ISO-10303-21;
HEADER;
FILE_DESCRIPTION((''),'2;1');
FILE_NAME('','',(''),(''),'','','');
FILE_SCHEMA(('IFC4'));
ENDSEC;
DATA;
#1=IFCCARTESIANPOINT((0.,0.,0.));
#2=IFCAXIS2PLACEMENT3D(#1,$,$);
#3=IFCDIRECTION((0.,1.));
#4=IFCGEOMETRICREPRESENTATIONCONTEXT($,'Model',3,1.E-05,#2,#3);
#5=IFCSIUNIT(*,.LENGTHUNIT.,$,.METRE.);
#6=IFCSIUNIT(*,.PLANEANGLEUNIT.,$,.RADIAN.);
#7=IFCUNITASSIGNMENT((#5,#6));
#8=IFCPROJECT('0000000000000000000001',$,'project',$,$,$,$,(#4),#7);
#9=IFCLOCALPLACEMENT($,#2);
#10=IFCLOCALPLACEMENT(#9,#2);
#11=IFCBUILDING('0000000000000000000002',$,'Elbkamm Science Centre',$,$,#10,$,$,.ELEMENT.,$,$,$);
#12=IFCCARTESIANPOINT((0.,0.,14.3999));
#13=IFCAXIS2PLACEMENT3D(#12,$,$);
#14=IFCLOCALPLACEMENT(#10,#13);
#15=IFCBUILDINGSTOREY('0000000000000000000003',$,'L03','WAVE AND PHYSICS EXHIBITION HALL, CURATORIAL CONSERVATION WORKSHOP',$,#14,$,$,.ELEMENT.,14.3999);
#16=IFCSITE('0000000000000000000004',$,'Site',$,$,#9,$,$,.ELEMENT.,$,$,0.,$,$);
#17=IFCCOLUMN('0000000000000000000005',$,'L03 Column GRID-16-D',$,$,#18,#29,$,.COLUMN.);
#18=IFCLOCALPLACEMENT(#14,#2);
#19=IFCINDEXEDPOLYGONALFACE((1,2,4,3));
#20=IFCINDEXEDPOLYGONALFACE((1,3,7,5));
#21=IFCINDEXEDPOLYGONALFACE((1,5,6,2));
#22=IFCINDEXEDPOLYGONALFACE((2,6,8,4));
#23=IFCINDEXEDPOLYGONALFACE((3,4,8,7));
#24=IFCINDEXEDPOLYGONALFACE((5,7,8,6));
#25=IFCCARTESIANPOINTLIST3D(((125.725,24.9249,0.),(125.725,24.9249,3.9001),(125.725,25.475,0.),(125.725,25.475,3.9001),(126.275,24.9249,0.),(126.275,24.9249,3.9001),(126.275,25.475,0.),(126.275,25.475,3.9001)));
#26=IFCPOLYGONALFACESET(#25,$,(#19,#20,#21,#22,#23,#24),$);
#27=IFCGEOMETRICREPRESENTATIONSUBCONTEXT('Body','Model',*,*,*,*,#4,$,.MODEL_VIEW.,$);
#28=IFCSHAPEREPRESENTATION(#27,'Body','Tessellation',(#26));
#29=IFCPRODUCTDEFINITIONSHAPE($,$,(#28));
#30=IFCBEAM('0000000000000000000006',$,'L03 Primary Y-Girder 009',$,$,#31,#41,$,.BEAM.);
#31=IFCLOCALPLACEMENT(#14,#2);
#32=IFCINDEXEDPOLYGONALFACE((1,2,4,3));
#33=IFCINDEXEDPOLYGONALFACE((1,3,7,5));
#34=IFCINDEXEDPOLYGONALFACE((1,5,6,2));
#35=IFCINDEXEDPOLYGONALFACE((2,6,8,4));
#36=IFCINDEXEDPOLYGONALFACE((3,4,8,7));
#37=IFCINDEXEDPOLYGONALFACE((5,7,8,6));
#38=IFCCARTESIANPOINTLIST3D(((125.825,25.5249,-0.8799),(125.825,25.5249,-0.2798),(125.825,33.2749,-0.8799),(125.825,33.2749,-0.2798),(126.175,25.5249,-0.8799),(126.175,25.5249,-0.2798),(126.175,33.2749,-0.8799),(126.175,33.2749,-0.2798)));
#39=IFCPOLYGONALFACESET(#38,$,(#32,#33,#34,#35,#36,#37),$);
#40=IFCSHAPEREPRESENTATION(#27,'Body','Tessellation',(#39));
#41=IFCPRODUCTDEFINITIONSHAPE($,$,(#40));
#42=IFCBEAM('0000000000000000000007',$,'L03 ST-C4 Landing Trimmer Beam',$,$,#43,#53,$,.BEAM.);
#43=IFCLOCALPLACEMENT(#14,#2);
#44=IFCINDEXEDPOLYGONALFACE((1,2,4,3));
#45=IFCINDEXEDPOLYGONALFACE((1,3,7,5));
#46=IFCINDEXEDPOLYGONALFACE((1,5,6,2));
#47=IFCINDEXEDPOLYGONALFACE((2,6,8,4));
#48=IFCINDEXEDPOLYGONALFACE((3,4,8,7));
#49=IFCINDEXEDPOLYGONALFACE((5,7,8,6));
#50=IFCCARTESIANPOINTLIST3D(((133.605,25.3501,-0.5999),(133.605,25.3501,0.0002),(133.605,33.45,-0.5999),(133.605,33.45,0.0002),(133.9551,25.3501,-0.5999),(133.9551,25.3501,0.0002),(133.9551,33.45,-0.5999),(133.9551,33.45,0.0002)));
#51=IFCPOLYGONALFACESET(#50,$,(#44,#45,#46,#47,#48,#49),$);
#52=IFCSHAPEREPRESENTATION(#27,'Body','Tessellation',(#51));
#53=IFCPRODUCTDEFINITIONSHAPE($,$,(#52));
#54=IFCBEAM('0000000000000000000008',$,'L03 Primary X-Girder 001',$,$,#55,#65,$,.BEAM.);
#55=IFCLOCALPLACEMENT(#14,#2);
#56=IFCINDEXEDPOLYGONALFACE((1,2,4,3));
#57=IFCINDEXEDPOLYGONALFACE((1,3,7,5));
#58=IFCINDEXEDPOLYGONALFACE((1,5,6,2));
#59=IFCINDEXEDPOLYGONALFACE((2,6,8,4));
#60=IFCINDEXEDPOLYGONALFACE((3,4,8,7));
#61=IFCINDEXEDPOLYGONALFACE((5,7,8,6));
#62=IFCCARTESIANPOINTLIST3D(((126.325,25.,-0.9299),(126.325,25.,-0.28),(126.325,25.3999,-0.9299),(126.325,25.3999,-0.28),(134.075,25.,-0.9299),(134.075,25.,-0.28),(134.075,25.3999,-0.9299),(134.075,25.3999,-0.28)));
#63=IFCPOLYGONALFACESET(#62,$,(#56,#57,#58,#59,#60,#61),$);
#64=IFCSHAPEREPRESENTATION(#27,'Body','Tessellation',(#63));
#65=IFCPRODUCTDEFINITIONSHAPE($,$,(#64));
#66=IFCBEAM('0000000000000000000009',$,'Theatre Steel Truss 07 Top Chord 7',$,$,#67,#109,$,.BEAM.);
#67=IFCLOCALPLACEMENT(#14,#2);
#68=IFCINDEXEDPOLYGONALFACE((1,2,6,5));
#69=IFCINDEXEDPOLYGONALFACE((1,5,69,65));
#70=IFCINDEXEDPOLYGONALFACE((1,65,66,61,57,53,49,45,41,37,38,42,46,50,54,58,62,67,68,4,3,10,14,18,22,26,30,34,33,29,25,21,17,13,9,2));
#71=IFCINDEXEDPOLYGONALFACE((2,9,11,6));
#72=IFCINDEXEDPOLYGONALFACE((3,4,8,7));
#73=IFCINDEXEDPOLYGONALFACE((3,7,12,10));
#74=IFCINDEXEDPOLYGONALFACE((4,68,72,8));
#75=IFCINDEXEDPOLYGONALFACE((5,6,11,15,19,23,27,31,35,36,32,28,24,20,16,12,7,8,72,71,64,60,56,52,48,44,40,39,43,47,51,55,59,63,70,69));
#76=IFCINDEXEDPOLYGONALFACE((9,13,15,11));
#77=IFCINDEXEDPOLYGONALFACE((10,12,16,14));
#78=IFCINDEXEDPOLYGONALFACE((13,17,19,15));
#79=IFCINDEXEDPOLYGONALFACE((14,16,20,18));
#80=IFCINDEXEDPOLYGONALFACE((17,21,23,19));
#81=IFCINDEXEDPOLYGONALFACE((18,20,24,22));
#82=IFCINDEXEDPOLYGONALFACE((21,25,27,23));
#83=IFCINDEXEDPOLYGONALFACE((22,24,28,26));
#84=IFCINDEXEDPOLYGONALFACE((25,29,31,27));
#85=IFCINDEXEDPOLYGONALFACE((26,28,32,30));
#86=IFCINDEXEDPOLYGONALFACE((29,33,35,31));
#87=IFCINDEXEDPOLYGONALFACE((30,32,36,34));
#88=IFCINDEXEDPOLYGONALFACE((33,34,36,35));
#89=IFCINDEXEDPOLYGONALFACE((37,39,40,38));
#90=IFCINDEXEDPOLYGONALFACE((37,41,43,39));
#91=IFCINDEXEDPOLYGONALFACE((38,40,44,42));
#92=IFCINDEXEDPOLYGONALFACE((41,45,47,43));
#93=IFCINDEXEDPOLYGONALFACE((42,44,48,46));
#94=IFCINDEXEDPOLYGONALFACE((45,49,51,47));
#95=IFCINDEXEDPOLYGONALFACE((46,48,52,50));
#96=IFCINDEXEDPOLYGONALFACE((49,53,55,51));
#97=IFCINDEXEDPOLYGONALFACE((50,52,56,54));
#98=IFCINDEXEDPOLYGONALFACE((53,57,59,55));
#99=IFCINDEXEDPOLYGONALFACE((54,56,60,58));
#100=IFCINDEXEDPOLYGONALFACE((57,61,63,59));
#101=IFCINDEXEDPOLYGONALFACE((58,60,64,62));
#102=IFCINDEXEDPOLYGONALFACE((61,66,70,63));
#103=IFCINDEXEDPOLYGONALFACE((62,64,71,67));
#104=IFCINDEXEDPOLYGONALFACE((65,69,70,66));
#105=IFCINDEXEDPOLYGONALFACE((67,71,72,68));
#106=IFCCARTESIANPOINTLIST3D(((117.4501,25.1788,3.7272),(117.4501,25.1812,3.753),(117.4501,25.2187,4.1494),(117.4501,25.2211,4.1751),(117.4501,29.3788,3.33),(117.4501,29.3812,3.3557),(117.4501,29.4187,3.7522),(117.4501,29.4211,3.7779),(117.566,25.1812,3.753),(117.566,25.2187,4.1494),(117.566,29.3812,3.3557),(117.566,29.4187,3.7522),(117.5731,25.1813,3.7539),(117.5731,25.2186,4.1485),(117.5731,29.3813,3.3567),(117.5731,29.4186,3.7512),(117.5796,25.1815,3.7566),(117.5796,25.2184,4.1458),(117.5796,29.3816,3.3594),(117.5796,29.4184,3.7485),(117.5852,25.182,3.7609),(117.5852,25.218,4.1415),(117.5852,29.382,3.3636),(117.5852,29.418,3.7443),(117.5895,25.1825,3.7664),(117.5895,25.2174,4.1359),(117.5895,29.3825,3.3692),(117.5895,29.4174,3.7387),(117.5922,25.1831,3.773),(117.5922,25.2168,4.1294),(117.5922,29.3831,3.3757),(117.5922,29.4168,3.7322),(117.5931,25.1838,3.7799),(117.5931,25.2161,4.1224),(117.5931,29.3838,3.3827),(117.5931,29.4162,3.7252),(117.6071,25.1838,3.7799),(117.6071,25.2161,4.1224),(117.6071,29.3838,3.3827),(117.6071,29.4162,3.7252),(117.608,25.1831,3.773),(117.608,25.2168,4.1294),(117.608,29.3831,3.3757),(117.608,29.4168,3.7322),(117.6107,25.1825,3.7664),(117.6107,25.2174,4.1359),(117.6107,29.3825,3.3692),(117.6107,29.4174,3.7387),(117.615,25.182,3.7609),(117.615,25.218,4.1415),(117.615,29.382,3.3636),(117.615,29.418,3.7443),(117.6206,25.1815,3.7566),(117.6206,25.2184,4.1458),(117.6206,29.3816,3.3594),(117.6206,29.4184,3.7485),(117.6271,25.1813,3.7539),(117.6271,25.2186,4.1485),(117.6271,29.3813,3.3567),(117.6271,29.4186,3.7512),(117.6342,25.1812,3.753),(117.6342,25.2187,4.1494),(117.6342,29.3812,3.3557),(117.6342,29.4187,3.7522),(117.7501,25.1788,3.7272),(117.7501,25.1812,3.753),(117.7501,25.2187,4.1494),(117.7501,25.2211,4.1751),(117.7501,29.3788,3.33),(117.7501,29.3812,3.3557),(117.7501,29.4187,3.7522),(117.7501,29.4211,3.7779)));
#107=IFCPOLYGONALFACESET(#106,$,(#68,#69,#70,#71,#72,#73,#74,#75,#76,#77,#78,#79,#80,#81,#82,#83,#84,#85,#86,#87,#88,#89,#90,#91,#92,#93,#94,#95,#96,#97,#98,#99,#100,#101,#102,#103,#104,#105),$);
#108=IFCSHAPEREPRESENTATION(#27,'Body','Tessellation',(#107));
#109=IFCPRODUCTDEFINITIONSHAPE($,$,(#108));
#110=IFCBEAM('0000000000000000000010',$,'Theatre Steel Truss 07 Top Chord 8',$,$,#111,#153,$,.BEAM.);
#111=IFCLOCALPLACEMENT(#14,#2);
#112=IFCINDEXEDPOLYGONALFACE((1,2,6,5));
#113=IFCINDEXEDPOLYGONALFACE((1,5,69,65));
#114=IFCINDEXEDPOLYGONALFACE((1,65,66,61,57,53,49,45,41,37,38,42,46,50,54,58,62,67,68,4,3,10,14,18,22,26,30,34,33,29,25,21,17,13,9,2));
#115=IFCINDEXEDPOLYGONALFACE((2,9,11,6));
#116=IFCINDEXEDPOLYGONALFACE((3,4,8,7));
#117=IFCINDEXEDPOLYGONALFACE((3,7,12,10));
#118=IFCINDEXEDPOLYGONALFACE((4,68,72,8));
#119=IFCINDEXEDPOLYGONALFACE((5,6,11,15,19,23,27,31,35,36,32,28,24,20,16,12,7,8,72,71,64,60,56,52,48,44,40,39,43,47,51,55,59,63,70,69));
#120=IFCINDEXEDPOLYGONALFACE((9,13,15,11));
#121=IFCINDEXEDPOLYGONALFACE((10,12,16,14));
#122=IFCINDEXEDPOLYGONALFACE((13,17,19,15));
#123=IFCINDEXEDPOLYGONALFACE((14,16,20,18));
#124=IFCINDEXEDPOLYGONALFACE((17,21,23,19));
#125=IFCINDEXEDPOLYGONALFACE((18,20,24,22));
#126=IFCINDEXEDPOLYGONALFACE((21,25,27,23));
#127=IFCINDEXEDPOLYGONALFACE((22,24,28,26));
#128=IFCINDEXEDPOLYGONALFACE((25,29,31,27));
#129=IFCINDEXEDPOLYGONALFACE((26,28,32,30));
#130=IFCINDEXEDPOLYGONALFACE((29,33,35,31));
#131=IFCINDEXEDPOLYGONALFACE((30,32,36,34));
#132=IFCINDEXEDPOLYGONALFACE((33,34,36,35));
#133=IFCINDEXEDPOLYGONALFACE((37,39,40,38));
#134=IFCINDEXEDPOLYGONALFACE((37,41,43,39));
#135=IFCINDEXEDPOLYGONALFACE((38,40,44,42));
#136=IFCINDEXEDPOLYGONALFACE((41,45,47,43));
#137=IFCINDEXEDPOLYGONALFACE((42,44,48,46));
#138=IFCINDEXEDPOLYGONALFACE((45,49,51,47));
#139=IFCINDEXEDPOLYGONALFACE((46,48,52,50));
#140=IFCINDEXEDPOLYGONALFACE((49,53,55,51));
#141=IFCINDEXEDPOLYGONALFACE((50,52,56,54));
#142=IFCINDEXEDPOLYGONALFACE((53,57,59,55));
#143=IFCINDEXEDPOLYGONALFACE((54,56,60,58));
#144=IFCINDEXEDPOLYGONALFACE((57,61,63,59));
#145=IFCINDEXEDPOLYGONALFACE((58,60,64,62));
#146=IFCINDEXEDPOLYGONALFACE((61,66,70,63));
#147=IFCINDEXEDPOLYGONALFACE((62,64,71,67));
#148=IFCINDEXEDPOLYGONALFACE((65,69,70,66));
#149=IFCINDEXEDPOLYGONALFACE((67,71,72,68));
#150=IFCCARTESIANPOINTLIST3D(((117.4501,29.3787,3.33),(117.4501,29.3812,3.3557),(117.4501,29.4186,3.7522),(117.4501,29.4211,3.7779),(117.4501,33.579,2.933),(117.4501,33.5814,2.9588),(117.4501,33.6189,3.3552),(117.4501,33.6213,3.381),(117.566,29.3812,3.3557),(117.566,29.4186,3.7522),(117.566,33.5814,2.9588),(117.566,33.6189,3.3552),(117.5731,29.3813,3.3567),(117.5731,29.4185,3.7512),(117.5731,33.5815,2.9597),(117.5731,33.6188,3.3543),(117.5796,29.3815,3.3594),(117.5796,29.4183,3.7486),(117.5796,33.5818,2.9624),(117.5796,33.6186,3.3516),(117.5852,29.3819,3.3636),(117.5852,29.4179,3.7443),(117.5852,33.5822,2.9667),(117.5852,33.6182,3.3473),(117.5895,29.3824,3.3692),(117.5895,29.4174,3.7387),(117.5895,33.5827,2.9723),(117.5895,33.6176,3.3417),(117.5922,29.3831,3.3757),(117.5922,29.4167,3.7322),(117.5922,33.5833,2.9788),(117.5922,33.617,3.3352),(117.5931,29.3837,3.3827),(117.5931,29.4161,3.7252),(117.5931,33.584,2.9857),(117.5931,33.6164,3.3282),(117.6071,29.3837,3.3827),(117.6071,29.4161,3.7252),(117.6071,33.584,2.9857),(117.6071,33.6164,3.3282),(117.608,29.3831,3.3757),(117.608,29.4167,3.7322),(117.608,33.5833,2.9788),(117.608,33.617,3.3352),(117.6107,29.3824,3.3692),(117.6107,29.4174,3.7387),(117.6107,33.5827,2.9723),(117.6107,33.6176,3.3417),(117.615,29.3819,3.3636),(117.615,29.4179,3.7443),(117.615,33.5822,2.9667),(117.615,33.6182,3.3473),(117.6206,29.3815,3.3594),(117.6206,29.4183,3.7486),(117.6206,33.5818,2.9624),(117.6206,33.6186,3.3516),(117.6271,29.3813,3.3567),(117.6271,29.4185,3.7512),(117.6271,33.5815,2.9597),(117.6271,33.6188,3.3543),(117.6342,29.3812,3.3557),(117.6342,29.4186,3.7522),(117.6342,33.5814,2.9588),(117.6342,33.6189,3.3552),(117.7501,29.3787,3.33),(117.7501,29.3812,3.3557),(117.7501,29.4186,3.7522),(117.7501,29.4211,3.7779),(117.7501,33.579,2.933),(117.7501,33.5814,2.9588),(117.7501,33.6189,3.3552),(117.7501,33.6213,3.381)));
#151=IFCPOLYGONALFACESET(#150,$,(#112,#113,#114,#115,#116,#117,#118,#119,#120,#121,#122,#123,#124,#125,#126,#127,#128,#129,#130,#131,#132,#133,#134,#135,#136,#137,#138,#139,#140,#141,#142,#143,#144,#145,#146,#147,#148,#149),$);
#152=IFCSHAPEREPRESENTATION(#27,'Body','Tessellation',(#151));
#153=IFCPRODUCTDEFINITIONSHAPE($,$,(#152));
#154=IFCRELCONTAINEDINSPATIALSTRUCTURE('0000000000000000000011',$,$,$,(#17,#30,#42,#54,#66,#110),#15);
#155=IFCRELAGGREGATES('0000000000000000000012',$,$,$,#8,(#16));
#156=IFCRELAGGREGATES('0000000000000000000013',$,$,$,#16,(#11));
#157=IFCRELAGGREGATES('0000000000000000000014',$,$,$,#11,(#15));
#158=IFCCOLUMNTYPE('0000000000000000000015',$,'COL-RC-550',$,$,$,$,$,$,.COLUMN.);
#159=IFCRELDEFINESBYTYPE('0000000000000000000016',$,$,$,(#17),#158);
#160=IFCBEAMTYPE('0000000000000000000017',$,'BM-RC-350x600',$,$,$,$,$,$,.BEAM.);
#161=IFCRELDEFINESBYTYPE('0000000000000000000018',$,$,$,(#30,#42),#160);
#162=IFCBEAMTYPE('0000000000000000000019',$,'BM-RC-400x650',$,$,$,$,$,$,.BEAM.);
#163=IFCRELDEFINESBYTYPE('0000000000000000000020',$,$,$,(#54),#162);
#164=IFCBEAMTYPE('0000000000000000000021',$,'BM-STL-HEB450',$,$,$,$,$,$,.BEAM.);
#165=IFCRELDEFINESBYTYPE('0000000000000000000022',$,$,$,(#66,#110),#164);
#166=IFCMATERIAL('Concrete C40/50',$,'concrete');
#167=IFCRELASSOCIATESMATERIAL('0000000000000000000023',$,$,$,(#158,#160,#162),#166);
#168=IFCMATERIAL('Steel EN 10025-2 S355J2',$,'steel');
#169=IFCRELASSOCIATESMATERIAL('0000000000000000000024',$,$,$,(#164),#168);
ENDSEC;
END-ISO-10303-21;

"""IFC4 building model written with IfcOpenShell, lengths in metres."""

from ifc_helpers import new_model, si_unit, direction, frame, origin, origin_2d, place, context, subcontext, project, spatial, rectangle, i_section, extrude, material, material_profile, profile_set, type_object, element, save


model = new_model("IFC4")

# Units and contexts
model_context = context("Model", 3, precision=1e-05, world=origin(), true_north=direction((0.0, 1.0)))
body_context = subcontext(model_context, "Body", "Model", "MODEL_VIEW")
ifc_project = project(units=[si_unit("LENGTHUNIT", "METRE"), si_unit("PLANEANGLEUNIT", "RADIAN")], contexts=[model_context])

# Site, building, storey
site_placement = place(None, origin())
site = spatial("IfcSite", under=ifc_project, at=site_placement, Name="Site", CompositionType="ELEMENT", RefElevation=0.0)
building_placement = place(site_placement, origin())
building = spatial("IfcBuilding", under=site, at=building_placement, Name="Elbkamm Science Centre", CompositionType="ELEMENT")
storey_placement = place(building_placement, frame((0.0, 0.0, 14.3999)))
storey = spatial("IfcBuildingStorey", under=building, at=storey_placement, Name="L03", Description="WAVE AND PHYSICS EXHIBITION HALL, CURATORIAL CONSERVATION WORKSHOP", CompositionType="ELEMENT", Elevation=14.3999)

# Column
ifc_material_1 = material(Name="Concrete C40/50", Category="concrete")
ifc_material_profile_1 = material_profile(ifc_material_1, rectangle(XDim=0.55, YDim=0.55, at=origin_2d()), Name="RC 550x550")
ifc_profile_set_1 = profile_set([ifc_material_profile_1], Name="Concrete C40/50")
column_type = type_object("IfcColumnType", Name="COL-RC-550", PredefinedType="COLUMN", material=ifc_profile_set_1)
column_placement = place(storey_placement, frame((126.0, 25.2, 0.0), z_axis=(0.0, 0.0, 1.0), x_axis=(1.0, 0.0, 0.0)))
element("IfcColumn", 1, at=column_placement, inside=storey, type_object=column_type, Name="L03 Column GRID-16-D", PredefinedType="COLUMN", context=body_context, shape_type="SweptSolid", body=[
    extrude(rectangle(XDim=0.55, YDim=0.55, at=origin_2d()), origin(), (0.0, 0.0, 1.0), 3.9001),
])

# Beams
ifc_material_profile_2 = material_profile(ifc_material_1, rectangle(XDim=0.3501, YDim=0.6001, at=origin_2d()), Name="RC 350x600")
ifc_profile_set_2 = profile_set([ifc_material_profile_2], Name="Concrete C40/50")
beam_type_1 = type_object("IfcBeamType", Name="BM-RC-350x600", PredefinedType="BEAM", material=ifc_profile_set_2)
beam_1_placement = place(storey_placement, frame((126.0, 25.5249, -0.5798), z_axis=(0.0, 1.0, 0.0), x_axis=(-1.0, 0.0, 0.0)))
element("IfcBeam", 2, at=beam_1_placement, inside=storey, type_object=beam_type_1, Name="L03 Primary Y-Girder 009", PredefinedType="BEAM", context=body_context, shape_type="SweptSolid", body=[
    extrude(rectangle(XDim=0.3501, YDim=0.6001, at=origin_2d()), origin(), (0.0, 0.0, 1.0), 7.75),
])
beam_2_placement = place(storey_placement, frame((133.78, 25.3501, -0.2998), z_axis=(0.0, 1.0, 0.0), x_axis=(-1.0, 0.0, 0.0)))
element("IfcBeam", 3, at=beam_2_placement, inside=storey, type_object=beam_type_1, Name="L03 ST-C4 Landing Trimmer Beam", PredefinedType="BEAM", context=body_context, shape_type="SweptSolid", body=[
    extrude(rectangle(XDim=0.3501, YDim=0.6001, at=origin_2d()), origin(), (0.0, 0.0, 1.0), 8.0999),
])
ifc_material_profile_3 = material_profile(ifc_material_1, rectangle(XDim=0.3999, YDim=0.6499, at=origin_2d()), Name="RC 400x650")
ifc_profile_set_3 = profile_set([ifc_material_profile_3], Name="Concrete C40/50")
beam_type_2 = type_object("IfcBeamType", Name="BM-RC-400x650", PredefinedType="BEAM", material=ifc_profile_set_3)
beam_3_placement = place(storey_placement, frame((126.325, 25.2, -0.605), z_axis=(1.0, 0.0, 0.0), x_axis=(0.0, 1.0, 0.0)))
element("IfcBeam", 4, at=beam_3_placement, inside=storey, type_object=beam_type_2, Name="L03 Primary X-Girder 001", PredefinedType="BEAM", context=body_context, shape_type="SweptSolid", body=[
    extrude(rectangle(XDim=0.3999, YDim=0.6499, at=origin_2d()), origin(), (0.0, 0.0, 1.0), 7.75),
])
ifc_material_2 = material(Name="Steel EN 10025-2 S355J2", Category="steel")
ifc_material_profile_4 = material_profile(ifc_material_2, i_section(OverallWidth=0.3, OverallDepth=0.45, WebThickness=0.0139, FlangeThickness=0.0259, FilletRadius=0.0271, at=origin_2d()), Name="HEB 450")
ifc_profile_set_4 = profile_set([ifc_material_profile_4], Name="Steel EN 10025-2 S355J2")
beam_type_3 = type_object("IfcBeamType", Name="BM-STL-HEB450", PredefinedType="BEAM", material=ifc_profile_set_4)
beam_4_placement = place(storey_placement, frame((117.6001, 25.2, 3.9512), z_axis=(0.0, 0.995557, -0.094156), x_axis=(-1.0, 0.0, 0.0)))
element("IfcBeam", 5, at=beam_4_placement, inside=storey, type_object=beam_type_3, Name="Theatre Steel Truss 07 Top Chord 7", PredefinedType="BEAM", context=body_context, shape_type="SweptSolid", body=[
    extrude(i_section(OverallWidth=0.3, OverallDepth=0.45, WebThickness=0.0139, FlangeThickness=0.0259, FilletRadius=0.0271, at=origin_2d()), origin(), (0.0, 0.0, 1.0), 4.2188),
])
beam_5_placement = place(storey_placement, frame((117.6001, 29.3999, 3.554), z_axis=(0.0, 0.995563, -0.094094), x_axis=(-1.0, 0.0, 0.0)))
element("IfcBeam", 6, at=beam_5_placement, inside=storey, type_object=beam_type_3, Name="Theatre Steel Truss 07 Top Chord 8", PredefinedType="BEAM", context=body_context, shape_type="SweptSolid", body=[
    extrude(i_section(OverallWidth=0.3, OverallDepth=0.45, WebThickness=0.0139, FlangeThickness=0.0259, FilletRadius=0.0271, at=origin_2d()), origin(), (0.0, 0.0, 1.0), 4.219),
])

save(model, "model.ifc")
